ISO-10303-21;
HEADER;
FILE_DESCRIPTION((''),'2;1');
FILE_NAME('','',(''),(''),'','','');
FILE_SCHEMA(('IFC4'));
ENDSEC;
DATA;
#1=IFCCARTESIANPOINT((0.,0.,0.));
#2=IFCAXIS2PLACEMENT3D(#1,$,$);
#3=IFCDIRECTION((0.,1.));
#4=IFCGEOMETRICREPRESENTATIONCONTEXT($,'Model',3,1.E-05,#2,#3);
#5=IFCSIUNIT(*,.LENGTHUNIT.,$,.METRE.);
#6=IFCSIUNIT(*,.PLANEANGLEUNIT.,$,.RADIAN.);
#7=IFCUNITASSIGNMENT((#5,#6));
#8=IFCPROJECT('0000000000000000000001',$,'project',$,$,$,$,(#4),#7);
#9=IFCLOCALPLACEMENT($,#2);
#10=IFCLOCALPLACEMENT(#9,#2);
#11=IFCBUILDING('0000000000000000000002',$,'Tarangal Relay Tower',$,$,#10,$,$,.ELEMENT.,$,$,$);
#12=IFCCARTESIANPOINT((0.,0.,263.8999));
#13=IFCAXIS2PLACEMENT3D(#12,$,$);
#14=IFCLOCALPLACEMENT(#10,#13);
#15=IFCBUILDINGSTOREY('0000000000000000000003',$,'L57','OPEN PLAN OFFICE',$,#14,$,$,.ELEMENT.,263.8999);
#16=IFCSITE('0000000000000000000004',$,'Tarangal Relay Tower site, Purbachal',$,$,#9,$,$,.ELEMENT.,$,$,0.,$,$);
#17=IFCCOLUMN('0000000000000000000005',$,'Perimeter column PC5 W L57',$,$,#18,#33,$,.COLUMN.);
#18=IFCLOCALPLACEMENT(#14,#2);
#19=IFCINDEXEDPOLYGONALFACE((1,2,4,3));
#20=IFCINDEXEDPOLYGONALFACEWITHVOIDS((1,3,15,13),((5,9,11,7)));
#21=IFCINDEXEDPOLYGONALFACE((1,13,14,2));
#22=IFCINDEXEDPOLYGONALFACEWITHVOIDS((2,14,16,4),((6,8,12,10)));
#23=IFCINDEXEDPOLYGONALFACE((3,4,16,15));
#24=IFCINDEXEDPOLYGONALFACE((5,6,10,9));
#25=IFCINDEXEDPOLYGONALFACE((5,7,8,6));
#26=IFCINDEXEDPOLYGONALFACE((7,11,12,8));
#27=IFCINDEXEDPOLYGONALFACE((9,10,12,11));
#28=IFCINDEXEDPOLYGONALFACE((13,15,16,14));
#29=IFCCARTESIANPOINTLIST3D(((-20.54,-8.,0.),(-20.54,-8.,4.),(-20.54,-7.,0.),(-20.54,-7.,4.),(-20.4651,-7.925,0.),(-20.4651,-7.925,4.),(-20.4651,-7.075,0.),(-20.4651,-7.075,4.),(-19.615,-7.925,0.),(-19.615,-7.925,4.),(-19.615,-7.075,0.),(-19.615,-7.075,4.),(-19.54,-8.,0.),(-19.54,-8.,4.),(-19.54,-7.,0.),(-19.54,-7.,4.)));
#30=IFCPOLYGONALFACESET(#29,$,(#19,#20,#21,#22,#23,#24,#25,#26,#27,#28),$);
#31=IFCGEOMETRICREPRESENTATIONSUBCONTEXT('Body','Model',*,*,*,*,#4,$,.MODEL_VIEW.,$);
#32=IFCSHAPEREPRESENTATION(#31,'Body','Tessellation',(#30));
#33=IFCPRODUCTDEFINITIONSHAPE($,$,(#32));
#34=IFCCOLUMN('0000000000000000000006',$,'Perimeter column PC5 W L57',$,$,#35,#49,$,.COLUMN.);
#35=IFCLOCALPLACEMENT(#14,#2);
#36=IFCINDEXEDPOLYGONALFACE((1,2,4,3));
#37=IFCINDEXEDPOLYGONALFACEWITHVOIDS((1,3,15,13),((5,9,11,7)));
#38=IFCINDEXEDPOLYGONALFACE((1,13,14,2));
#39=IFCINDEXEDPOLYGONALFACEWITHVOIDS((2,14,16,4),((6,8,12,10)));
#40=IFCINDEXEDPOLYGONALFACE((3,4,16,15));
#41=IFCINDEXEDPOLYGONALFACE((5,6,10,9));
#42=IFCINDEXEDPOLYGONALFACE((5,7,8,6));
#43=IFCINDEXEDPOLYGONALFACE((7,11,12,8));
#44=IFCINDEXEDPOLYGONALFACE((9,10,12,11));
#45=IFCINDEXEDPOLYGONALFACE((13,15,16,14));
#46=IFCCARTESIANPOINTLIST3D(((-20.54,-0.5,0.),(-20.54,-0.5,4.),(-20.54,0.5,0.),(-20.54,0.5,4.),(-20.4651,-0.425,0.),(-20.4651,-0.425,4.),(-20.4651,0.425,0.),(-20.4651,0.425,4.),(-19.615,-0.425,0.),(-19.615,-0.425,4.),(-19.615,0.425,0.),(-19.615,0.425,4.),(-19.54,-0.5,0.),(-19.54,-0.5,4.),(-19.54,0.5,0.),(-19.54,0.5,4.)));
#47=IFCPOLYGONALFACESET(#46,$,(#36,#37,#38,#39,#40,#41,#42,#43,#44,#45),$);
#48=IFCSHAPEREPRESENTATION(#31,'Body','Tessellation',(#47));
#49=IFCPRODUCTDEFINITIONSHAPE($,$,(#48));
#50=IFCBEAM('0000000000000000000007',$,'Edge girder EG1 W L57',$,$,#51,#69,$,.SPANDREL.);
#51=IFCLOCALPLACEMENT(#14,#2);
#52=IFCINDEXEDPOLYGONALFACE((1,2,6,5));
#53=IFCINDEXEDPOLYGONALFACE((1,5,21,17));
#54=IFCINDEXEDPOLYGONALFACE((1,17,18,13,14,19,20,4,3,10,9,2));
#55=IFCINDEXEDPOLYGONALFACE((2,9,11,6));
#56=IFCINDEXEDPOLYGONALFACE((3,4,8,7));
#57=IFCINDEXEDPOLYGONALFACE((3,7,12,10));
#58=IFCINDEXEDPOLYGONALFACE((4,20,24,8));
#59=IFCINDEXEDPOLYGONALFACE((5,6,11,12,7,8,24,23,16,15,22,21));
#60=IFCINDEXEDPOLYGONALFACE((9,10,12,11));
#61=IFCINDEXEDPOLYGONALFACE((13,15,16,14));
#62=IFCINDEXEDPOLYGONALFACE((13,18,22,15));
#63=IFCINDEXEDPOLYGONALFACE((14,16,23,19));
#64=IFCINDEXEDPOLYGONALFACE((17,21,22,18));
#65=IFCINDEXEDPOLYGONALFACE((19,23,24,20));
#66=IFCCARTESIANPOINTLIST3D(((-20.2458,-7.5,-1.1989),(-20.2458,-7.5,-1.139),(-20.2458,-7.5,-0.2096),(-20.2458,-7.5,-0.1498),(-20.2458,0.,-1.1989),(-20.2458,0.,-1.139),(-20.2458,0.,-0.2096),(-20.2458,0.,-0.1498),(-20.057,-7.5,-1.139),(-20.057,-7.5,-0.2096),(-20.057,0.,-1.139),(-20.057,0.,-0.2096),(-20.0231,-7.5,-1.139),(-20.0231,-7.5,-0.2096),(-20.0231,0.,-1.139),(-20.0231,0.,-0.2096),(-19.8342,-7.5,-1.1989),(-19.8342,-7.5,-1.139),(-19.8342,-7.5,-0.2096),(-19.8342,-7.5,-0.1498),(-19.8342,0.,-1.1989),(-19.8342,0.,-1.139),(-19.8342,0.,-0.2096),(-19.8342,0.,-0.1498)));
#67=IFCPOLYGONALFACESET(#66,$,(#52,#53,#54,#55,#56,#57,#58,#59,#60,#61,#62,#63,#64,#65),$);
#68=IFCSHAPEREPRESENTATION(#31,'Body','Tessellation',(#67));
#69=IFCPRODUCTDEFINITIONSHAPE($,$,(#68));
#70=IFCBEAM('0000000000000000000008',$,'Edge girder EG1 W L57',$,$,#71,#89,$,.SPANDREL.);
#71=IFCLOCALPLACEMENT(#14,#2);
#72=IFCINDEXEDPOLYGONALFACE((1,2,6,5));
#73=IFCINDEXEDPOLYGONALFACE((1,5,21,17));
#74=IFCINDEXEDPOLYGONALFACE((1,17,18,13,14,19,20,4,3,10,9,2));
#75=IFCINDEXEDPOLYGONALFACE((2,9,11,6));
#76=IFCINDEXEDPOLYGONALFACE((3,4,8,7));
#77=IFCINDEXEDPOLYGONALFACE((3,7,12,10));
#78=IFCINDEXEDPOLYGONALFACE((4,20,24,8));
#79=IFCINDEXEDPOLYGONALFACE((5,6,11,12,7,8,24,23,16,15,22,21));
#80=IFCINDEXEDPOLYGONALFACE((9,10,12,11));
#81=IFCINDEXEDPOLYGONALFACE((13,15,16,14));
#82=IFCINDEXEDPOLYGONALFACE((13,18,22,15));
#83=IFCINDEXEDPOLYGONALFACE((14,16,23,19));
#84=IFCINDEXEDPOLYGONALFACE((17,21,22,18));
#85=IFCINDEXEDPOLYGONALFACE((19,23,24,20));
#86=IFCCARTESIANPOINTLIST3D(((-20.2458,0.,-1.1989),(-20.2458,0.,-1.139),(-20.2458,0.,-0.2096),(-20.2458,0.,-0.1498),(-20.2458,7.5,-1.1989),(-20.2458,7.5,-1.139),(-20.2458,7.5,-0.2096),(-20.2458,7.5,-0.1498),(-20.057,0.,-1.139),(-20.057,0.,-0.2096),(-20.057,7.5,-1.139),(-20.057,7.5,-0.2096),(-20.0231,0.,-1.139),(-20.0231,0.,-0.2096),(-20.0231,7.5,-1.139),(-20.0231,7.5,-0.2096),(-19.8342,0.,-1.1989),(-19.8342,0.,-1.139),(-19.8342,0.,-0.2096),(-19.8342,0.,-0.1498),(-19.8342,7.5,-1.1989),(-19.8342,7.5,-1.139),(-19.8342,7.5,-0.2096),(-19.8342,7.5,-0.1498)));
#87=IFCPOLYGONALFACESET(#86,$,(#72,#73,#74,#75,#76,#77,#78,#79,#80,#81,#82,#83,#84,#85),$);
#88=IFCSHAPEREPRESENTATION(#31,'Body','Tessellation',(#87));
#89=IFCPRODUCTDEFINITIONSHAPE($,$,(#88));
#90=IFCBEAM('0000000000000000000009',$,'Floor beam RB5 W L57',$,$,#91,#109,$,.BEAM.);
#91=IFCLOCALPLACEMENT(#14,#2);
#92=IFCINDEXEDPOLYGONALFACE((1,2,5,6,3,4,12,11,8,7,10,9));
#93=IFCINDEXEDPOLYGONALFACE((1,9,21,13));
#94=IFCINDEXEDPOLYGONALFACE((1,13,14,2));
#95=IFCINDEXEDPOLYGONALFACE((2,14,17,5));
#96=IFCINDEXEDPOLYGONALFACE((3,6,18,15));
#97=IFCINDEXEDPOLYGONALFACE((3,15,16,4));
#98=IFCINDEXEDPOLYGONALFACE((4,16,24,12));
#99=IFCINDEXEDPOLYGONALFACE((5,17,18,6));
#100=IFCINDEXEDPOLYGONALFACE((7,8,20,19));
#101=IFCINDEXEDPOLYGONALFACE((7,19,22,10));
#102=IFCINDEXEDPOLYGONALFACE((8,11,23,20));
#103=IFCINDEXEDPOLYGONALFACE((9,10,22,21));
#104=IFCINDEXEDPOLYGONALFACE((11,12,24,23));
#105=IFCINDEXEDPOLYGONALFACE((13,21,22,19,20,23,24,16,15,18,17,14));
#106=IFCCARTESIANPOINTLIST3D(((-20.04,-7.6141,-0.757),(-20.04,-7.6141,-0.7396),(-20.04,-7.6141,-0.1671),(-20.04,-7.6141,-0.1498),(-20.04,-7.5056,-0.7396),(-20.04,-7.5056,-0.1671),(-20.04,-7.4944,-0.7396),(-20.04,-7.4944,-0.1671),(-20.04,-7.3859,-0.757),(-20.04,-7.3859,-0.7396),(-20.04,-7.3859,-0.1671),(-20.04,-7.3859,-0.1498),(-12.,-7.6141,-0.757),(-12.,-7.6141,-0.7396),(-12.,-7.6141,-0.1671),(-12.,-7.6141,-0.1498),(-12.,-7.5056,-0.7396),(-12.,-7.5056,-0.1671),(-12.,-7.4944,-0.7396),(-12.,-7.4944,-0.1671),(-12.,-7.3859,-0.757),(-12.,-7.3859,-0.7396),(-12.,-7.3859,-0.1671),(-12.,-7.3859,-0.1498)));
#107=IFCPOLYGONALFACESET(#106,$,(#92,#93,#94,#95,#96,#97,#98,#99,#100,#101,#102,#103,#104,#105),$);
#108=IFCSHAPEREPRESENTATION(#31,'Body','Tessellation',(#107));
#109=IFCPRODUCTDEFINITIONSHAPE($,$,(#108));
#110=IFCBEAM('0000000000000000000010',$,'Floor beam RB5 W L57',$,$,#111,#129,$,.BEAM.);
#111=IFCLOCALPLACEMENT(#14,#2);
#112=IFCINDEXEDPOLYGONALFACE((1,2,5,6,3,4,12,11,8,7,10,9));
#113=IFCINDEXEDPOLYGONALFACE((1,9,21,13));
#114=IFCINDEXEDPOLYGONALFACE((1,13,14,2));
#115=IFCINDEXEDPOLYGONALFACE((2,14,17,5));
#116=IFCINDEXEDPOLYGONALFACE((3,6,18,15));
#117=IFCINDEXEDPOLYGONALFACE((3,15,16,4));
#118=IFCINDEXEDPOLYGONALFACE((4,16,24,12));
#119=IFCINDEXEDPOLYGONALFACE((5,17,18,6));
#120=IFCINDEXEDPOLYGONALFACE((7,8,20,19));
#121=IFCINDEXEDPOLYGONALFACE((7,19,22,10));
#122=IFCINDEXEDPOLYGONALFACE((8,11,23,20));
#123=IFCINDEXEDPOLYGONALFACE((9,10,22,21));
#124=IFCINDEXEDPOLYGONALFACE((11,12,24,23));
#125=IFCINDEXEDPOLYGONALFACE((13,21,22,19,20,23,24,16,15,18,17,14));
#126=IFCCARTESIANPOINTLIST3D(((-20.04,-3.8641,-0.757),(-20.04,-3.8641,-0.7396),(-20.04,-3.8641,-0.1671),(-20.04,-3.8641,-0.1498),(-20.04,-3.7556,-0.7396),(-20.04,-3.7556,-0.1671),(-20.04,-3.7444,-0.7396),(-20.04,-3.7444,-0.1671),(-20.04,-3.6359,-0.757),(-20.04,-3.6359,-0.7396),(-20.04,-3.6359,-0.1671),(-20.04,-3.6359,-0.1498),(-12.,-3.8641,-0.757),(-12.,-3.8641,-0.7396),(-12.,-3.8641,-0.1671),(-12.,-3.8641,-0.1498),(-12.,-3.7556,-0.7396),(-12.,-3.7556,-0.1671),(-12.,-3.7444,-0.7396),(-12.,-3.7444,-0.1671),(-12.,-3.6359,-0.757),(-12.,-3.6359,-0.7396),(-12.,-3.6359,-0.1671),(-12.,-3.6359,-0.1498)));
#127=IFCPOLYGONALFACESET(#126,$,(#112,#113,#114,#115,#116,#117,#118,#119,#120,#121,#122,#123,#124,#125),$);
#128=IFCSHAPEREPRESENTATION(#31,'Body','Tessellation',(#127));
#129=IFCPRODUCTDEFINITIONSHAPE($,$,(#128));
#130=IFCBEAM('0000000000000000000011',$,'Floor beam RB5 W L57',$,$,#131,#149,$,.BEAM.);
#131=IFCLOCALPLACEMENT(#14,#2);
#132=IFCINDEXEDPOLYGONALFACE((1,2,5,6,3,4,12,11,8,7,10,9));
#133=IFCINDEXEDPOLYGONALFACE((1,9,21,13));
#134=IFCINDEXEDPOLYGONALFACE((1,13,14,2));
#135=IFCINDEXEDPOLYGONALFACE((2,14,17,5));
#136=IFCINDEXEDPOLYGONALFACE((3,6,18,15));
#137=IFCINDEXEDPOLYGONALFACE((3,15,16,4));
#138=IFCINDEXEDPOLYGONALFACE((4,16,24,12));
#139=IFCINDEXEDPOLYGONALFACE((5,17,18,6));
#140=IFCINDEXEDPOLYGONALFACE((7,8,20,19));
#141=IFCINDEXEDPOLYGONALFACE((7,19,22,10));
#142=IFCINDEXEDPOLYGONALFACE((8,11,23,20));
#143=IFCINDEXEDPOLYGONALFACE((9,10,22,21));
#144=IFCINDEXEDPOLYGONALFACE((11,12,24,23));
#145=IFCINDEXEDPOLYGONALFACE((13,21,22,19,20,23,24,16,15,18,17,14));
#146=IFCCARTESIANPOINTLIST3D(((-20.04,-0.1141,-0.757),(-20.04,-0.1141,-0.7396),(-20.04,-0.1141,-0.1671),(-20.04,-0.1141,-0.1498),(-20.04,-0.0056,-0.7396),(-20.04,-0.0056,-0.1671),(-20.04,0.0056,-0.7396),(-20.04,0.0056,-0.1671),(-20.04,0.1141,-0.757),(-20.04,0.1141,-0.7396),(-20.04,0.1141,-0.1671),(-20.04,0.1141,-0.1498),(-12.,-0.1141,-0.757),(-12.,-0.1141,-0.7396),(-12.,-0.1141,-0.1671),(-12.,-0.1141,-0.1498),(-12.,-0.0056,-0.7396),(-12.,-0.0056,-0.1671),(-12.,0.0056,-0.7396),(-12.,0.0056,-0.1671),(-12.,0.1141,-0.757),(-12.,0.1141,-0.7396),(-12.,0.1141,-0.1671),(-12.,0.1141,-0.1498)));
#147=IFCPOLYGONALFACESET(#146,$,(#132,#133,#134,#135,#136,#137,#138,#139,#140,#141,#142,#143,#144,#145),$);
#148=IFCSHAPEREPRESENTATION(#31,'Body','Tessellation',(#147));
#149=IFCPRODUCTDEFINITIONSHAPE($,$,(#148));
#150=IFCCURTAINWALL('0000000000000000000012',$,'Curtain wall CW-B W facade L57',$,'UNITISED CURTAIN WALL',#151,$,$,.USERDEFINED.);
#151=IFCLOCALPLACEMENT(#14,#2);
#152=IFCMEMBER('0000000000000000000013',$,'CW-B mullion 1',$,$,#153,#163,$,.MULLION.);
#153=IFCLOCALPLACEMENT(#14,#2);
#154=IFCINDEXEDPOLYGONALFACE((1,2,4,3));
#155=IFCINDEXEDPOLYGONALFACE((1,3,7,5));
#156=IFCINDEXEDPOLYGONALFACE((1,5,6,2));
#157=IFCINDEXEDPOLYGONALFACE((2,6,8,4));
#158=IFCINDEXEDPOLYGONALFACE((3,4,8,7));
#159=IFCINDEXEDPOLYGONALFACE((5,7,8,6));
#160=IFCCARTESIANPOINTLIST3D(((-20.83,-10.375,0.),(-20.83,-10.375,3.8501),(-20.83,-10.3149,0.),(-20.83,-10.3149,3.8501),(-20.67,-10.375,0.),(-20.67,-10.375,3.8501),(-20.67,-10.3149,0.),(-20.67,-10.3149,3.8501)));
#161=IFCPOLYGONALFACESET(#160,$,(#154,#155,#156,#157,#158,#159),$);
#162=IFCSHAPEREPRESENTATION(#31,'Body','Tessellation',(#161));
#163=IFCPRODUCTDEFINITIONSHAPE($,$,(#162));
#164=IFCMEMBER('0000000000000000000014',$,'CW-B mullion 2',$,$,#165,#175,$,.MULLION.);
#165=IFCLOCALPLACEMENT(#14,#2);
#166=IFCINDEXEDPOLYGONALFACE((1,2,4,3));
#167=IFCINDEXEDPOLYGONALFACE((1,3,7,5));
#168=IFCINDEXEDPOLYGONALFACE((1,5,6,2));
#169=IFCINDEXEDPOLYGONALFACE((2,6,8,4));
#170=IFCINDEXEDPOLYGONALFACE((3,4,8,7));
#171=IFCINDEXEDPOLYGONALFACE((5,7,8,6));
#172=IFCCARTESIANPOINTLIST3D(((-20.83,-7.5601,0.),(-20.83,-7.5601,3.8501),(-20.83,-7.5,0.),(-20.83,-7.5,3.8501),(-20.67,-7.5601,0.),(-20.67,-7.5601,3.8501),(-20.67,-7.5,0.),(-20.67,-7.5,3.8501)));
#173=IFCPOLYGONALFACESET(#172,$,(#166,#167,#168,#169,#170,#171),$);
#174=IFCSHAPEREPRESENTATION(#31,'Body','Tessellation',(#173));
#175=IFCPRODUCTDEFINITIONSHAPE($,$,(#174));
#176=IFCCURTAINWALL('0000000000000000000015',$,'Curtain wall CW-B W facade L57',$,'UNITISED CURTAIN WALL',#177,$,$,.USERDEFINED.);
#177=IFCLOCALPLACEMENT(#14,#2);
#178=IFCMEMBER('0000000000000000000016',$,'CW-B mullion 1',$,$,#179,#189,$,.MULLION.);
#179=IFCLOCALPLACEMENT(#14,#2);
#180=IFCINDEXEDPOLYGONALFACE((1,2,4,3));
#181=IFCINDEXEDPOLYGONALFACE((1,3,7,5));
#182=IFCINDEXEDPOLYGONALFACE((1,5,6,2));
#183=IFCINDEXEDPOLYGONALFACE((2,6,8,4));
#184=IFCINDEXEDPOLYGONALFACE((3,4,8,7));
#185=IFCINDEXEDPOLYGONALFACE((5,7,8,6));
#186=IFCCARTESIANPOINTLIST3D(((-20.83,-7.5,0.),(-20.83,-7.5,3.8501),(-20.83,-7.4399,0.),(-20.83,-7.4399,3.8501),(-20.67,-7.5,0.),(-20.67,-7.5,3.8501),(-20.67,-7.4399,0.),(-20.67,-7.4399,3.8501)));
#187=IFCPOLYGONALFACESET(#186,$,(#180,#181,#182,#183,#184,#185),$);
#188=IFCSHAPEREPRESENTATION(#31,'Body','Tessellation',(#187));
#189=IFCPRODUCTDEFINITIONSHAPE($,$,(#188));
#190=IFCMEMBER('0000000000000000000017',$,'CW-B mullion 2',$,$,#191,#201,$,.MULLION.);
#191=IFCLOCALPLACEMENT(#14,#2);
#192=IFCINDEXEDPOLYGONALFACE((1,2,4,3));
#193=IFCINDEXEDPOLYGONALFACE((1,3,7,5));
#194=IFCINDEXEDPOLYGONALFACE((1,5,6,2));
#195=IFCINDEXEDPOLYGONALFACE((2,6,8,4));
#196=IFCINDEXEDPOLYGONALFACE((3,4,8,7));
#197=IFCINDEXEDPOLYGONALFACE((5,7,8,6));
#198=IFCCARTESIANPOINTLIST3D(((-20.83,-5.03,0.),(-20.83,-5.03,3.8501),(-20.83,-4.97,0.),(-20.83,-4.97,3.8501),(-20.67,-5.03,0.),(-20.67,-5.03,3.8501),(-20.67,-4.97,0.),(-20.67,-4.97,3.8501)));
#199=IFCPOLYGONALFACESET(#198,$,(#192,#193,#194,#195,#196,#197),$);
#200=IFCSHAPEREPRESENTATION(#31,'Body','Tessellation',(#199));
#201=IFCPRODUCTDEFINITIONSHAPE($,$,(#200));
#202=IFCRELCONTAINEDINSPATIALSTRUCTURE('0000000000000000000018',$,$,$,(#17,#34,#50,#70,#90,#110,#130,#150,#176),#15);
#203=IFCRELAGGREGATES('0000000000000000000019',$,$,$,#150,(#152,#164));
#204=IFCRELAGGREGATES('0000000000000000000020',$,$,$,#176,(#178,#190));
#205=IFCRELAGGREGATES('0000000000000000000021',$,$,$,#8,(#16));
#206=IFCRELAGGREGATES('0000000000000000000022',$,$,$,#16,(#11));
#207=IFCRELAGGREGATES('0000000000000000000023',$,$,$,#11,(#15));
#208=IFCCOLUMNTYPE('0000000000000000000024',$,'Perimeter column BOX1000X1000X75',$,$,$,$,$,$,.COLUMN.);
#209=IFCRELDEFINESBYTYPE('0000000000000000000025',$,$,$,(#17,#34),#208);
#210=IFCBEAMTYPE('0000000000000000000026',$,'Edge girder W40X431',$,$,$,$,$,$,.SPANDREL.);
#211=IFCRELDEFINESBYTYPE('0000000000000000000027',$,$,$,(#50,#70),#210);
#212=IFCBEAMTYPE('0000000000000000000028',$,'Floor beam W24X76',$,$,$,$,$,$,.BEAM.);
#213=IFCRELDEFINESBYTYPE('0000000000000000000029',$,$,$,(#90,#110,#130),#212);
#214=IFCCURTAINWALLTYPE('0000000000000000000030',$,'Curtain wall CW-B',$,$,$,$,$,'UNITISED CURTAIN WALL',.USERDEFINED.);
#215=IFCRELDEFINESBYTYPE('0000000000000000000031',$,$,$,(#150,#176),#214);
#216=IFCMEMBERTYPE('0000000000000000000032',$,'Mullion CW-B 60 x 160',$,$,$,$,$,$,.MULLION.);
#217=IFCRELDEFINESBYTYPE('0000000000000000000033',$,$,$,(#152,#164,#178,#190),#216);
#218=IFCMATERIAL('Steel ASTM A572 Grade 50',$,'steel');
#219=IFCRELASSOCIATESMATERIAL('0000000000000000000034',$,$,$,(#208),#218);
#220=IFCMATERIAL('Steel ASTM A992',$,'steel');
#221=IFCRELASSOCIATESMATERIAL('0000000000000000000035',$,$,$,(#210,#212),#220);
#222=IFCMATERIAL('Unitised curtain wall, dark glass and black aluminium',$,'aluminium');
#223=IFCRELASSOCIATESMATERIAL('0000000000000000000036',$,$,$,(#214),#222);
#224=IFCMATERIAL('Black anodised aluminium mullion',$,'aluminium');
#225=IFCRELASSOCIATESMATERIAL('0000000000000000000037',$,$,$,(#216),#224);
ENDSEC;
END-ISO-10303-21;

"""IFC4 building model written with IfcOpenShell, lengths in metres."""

from ifc_helpers import new_model, si_unit, direction, frame, origin, origin_2d, place, context, subcontext, project, spatial, rectangle, hollow_rectangle, i_section, extrude, material, material_profile, profile_set, type_object, element, aggregate, save


model = new_model("IFC4")

# Units and contexts
model_context = context("Model", 3, precision=1e-05, world=origin(), true_north=direction((0.0, 1.0)))
body_context = subcontext(model_context, "Body", "Model", "MODEL_VIEW")
ifc_project = project(units=[si_unit("LENGTHUNIT", "METRE"), si_unit("PLANEANGLEUNIT", "RADIAN")], contexts=[model_context])

# Site, building, storey
site_placement = place(None, origin())
site = spatial("IfcSite", under=ifc_project, at=site_placement, Name="Tarangal Relay Tower site, Purbachal", CompositionType="ELEMENT", RefElevation=0.0)
building_placement = place(site_placement, origin())
building = spatial("IfcBuilding", under=site, at=building_placement, Name="Tarangal Relay Tower", CompositionType="ELEMENT")
storey_placement = place(building_placement, frame((0.0, 0.0, 263.8999)))
storey = spatial("IfcBuildingStorey", under=building, at=storey_placement, Name="L57", Description="OPEN PLAN OFFICE", CompositionType="ELEMENT", Elevation=263.8999)

# Columns
ifc_material_1 = material(Name="Steel ASTM A572 Grade 50", Category="steel")
ifc_material_profile_1 = material_profile(ifc_material_1, hollow_rectangle(XDim=1.0, YDim=1.0, WallThickness=0.075, at=origin_2d()), Name="BOX1000X1000X75")
ifc_profile_set_1 = profile_set([ifc_material_profile_1], Name="Steel ASTM A572 Grade 50")
column_type = type_object("IfcColumnType", Name="Perimeter column BOX1000X1000X75", PredefinedType="COLUMN", material=ifc_profile_set_1)
for number, where, z_axis, x_axis, name in (
    (1, (-20.04, -7.5, 0.0), (0.0, 0.0, 1.0), (1.0, 0.0, 0.0), "Perimeter column PC5 W L57"),
    (2, (-20.04, 0.0, 0.0), (0.0, 0.0, 1.0), (1.0, 0.0, 0.0), "Perimeter column PC5 W L57"),
):
    element("IfcColumn", number, at=place(storey_placement, frame(where, z_axis=z_axis, x_axis=x_axis)), inside=storey, type_object=column_type, Name=name, PredefinedType="COLUMN", context=body_context, shape_type="SweptSolid", body=[
        extrude(hollow_rectangle(XDim=1.0, YDim=1.0, WallThickness=0.075, at=origin_2d()), origin(), (0.0, 0.0, 1.0), 4.0),
    ])

# Beams
ifc_material_2 = material(Name="Steel ASTM A992", Category="steel")
ifc_material_profile_2 = material_profile(ifc_material_2, i_section(OverallWidth=0.4116, OverallDepth=1.0491, WebThickness=0.0339, FlangeThickness=0.0598, at=origin_2d()), Name="W40X431")
ifc_profile_set_2 = profile_set([ifc_material_profile_2], Name="Steel ASTM A992")
beam_type_1 = type_object("IfcBeamType", Name="Edge girder W40X431", PredefinedType="SPANDREL", material=ifc_profile_set_2)
for number, where, z_axis, x_axis, name in (
    (3, (-20.04, -7.5, -0.6743), (0.0, 1.0, 0.0), (-1.0, 0.0, 0.0), "Edge girder EG1 W L57"),
    (4, (-20.04, 0.0, -0.6743), (0.0, 1.0, 0.0), (-1.0, 0.0, 0.0), "Edge girder EG1 W L57"),
):
    element("IfcBeam", number, at=place(storey_placement, frame(where, z_axis=z_axis, x_axis=x_axis)), inside=storey, type_object=beam_type_1, Name=name, PredefinedType="SPANDREL", context=body_context, shape_type="SweptSolid", body=[
        extrude(i_section(OverallWidth=0.4116, OverallDepth=1.0491, WebThickness=0.0339, FlangeThickness=0.0598, at=origin_2d()), origin(), (0.0, 0.0, 1.0), 7.5),
    ])
ifc_material_profile_3 = material_profile(ifc_material_2, i_section(OverallWidth=0.2283, OverallDepth=0.6072, WebThickness=0.0112, FlangeThickness=0.0173, at=origin_2d()), Name="W24X76")
ifc_profile_set_3 = profile_set([ifc_material_profile_3], Name="Steel ASTM A992")
beam_type_2 = type_object("IfcBeamType", Name="Floor beam W24X76", PredefinedType="BEAM", material=ifc_profile_set_3)
for number, where, z_axis, x_axis, name in (
    (5, (-12.0, -7.5, -0.4534), (-1.0, 0.0, 0.0), (0.0, -1.0, 0.0), "Floor beam RB5 W L57"),
    (6, (-12.0, -3.75, -0.4534), (-1.0, 0.0, 0.0), (0.0, -1.0, 0.0), "Floor beam RB5 W L57"),
    (7, (-12.0, 0.0, -0.4534), (-1.0, 0.0, 0.0), (0.0, -1.0, 0.0), "Floor beam RB5 W L57"),
):
    element("IfcBeam", number, at=place(storey_placement, frame(where, z_axis=z_axis, x_axis=x_axis)), inside=storey, type_object=beam_type_2, Name=name, PredefinedType="BEAM", context=body_context, shape_type="SweptSolid", body=[
        extrude(i_section(OverallWidth=0.2283, OverallDepth=0.6072, WebThickness=0.0112, FlangeThickness=0.0173, at=origin_2d()), origin(), (0.0, 0.0, 1.0), 8.04),
    ])

# Curtain walls, members
ifc_material_3 = material(Name="Unitised curtain wall, dark glass and black aluminium", Category="aluminium")
curtain_wall_type = type_object("IfcCurtainWallType", Name="Curtain wall CW-B", ElementType="UNITISED CURTAIN WALL", PredefinedType="USERDEFINED", material=ifc_material_3)
curtain_wall_1_placement = place(storey_placement, origin())
curtain_wall_1 = element("IfcCurtainWall", 8, at=curtain_wall_1_placement, inside=storey, type_object=curtain_wall_type, Name="Curtain wall CW-B W facade L57", ObjectType="UNITISED CURTAIN WALL", PredefinedType="USERDEFINED")
ifc_material_4 = material(Name="Black anodised aluminium mullion", Category="aluminium")
ifc_material_profile_4 = material_profile(ifc_material_4, rectangle(XDim=0.1599, YDim=0.0601, at=origin_2d()), Name="CW-BM 60X160")
ifc_profile_set_4 = profile_set([ifc_material_profile_4], Name="Black anodised aluminium mullion")
member_type_1 = type_object("IfcMemberType", Name="Mullion CW-B 60 x 160", PredefinedType="MULLION", material=ifc_profile_set_4)
member_1_placement = place(storey_placement, frame((-20.75, -10.345, 0.0), z_axis=(0.0, 0.0, 1.0), x_axis=(-1.0, 0.0, 0.0)))
member_1 = element("IfcMember", 9, at=member_1_placement, type_object=member_type_1, Name="CW-B mullion 1", PredefinedType="MULLION", context=body_context, shape_type="SweptSolid", body=[
    extrude(rectangle(XDim=0.1599, YDim=0.0601, at=origin_2d()), origin(), (0.0, 0.0, 1.0), 3.8501),
])
member_2_placement = place(storey_placement, frame((-20.75, -7.53, 0.0), z_axis=(0.0, 0.0, 1.0), x_axis=(-1.0, 0.0, 0.0)))
member_2 = element("IfcMember", 10, at=member_2_placement, type_object=member_type_1, Name="CW-B mullion 2", PredefinedType="MULLION", context=body_context, shape_type="SweptSolid", body=[
    extrude(rectangle(XDim=0.1599, YDim=0.0601, at=origin_2d()), origin(), (0.0, 0.0, 1.0), 3.8501),
])
curtain_wall_2_placement = place(storey_placement, origin())
curtain_wall_2 = element("IfcCurtainWall", 11, at=curtain_wall_2_placement, inside=storey, type_object=curtain_wall_type, Name="Curtain wall CW-B W facade L57", ObjectType="UNITISED CURTAIN WALL", PredefinedType="USERDEFINED")
member_3_placement = place(storey_placement, frame((-20.75, -7.47, 0.0), z_axis=(0.0, 0.0, 1.0), x_axis=(-1.0, 0.0, 0.0)))
member_3 = element("IfcMember", 12, at=member_3_placement, type_object=member_type_1, Name="CW-B mullion 1", PredefinedType="MULLION", context=body_context, shape_type="SweptSolid", body=[
    extrude(rectangle(XDim=0.1599, YDim=0.0601, at=origin_2d()), origin(), (0.0, 0.0, 1.0), 3.8501),
])
member_4_placement = place(storey_placement, frame((-20.75, -5.0, 0.0), z_axis=(0.0, 0.0, 1.0), x_axis=(-1.0, 0.0, 0.0)))
member_4 = element("IfcMember", 13, at=member_4_placement, type_object=member_type_1, Name="CW-B mullion 2", PredefinedType="MULLION", context=body_context, shape_type="SweptSolid", body=[
    extrude(rectangle(XDim=0.1599, YDim=0.0601, at=origin_2d()), origin(), (0.0, 0.0, 1.0), 3.8501),
])

aggregate(curtain_wall_1, [member_1, member_2])
aggregate(curtain_wall_2, [member_3, member_4])

save(model, "model.ifc")
